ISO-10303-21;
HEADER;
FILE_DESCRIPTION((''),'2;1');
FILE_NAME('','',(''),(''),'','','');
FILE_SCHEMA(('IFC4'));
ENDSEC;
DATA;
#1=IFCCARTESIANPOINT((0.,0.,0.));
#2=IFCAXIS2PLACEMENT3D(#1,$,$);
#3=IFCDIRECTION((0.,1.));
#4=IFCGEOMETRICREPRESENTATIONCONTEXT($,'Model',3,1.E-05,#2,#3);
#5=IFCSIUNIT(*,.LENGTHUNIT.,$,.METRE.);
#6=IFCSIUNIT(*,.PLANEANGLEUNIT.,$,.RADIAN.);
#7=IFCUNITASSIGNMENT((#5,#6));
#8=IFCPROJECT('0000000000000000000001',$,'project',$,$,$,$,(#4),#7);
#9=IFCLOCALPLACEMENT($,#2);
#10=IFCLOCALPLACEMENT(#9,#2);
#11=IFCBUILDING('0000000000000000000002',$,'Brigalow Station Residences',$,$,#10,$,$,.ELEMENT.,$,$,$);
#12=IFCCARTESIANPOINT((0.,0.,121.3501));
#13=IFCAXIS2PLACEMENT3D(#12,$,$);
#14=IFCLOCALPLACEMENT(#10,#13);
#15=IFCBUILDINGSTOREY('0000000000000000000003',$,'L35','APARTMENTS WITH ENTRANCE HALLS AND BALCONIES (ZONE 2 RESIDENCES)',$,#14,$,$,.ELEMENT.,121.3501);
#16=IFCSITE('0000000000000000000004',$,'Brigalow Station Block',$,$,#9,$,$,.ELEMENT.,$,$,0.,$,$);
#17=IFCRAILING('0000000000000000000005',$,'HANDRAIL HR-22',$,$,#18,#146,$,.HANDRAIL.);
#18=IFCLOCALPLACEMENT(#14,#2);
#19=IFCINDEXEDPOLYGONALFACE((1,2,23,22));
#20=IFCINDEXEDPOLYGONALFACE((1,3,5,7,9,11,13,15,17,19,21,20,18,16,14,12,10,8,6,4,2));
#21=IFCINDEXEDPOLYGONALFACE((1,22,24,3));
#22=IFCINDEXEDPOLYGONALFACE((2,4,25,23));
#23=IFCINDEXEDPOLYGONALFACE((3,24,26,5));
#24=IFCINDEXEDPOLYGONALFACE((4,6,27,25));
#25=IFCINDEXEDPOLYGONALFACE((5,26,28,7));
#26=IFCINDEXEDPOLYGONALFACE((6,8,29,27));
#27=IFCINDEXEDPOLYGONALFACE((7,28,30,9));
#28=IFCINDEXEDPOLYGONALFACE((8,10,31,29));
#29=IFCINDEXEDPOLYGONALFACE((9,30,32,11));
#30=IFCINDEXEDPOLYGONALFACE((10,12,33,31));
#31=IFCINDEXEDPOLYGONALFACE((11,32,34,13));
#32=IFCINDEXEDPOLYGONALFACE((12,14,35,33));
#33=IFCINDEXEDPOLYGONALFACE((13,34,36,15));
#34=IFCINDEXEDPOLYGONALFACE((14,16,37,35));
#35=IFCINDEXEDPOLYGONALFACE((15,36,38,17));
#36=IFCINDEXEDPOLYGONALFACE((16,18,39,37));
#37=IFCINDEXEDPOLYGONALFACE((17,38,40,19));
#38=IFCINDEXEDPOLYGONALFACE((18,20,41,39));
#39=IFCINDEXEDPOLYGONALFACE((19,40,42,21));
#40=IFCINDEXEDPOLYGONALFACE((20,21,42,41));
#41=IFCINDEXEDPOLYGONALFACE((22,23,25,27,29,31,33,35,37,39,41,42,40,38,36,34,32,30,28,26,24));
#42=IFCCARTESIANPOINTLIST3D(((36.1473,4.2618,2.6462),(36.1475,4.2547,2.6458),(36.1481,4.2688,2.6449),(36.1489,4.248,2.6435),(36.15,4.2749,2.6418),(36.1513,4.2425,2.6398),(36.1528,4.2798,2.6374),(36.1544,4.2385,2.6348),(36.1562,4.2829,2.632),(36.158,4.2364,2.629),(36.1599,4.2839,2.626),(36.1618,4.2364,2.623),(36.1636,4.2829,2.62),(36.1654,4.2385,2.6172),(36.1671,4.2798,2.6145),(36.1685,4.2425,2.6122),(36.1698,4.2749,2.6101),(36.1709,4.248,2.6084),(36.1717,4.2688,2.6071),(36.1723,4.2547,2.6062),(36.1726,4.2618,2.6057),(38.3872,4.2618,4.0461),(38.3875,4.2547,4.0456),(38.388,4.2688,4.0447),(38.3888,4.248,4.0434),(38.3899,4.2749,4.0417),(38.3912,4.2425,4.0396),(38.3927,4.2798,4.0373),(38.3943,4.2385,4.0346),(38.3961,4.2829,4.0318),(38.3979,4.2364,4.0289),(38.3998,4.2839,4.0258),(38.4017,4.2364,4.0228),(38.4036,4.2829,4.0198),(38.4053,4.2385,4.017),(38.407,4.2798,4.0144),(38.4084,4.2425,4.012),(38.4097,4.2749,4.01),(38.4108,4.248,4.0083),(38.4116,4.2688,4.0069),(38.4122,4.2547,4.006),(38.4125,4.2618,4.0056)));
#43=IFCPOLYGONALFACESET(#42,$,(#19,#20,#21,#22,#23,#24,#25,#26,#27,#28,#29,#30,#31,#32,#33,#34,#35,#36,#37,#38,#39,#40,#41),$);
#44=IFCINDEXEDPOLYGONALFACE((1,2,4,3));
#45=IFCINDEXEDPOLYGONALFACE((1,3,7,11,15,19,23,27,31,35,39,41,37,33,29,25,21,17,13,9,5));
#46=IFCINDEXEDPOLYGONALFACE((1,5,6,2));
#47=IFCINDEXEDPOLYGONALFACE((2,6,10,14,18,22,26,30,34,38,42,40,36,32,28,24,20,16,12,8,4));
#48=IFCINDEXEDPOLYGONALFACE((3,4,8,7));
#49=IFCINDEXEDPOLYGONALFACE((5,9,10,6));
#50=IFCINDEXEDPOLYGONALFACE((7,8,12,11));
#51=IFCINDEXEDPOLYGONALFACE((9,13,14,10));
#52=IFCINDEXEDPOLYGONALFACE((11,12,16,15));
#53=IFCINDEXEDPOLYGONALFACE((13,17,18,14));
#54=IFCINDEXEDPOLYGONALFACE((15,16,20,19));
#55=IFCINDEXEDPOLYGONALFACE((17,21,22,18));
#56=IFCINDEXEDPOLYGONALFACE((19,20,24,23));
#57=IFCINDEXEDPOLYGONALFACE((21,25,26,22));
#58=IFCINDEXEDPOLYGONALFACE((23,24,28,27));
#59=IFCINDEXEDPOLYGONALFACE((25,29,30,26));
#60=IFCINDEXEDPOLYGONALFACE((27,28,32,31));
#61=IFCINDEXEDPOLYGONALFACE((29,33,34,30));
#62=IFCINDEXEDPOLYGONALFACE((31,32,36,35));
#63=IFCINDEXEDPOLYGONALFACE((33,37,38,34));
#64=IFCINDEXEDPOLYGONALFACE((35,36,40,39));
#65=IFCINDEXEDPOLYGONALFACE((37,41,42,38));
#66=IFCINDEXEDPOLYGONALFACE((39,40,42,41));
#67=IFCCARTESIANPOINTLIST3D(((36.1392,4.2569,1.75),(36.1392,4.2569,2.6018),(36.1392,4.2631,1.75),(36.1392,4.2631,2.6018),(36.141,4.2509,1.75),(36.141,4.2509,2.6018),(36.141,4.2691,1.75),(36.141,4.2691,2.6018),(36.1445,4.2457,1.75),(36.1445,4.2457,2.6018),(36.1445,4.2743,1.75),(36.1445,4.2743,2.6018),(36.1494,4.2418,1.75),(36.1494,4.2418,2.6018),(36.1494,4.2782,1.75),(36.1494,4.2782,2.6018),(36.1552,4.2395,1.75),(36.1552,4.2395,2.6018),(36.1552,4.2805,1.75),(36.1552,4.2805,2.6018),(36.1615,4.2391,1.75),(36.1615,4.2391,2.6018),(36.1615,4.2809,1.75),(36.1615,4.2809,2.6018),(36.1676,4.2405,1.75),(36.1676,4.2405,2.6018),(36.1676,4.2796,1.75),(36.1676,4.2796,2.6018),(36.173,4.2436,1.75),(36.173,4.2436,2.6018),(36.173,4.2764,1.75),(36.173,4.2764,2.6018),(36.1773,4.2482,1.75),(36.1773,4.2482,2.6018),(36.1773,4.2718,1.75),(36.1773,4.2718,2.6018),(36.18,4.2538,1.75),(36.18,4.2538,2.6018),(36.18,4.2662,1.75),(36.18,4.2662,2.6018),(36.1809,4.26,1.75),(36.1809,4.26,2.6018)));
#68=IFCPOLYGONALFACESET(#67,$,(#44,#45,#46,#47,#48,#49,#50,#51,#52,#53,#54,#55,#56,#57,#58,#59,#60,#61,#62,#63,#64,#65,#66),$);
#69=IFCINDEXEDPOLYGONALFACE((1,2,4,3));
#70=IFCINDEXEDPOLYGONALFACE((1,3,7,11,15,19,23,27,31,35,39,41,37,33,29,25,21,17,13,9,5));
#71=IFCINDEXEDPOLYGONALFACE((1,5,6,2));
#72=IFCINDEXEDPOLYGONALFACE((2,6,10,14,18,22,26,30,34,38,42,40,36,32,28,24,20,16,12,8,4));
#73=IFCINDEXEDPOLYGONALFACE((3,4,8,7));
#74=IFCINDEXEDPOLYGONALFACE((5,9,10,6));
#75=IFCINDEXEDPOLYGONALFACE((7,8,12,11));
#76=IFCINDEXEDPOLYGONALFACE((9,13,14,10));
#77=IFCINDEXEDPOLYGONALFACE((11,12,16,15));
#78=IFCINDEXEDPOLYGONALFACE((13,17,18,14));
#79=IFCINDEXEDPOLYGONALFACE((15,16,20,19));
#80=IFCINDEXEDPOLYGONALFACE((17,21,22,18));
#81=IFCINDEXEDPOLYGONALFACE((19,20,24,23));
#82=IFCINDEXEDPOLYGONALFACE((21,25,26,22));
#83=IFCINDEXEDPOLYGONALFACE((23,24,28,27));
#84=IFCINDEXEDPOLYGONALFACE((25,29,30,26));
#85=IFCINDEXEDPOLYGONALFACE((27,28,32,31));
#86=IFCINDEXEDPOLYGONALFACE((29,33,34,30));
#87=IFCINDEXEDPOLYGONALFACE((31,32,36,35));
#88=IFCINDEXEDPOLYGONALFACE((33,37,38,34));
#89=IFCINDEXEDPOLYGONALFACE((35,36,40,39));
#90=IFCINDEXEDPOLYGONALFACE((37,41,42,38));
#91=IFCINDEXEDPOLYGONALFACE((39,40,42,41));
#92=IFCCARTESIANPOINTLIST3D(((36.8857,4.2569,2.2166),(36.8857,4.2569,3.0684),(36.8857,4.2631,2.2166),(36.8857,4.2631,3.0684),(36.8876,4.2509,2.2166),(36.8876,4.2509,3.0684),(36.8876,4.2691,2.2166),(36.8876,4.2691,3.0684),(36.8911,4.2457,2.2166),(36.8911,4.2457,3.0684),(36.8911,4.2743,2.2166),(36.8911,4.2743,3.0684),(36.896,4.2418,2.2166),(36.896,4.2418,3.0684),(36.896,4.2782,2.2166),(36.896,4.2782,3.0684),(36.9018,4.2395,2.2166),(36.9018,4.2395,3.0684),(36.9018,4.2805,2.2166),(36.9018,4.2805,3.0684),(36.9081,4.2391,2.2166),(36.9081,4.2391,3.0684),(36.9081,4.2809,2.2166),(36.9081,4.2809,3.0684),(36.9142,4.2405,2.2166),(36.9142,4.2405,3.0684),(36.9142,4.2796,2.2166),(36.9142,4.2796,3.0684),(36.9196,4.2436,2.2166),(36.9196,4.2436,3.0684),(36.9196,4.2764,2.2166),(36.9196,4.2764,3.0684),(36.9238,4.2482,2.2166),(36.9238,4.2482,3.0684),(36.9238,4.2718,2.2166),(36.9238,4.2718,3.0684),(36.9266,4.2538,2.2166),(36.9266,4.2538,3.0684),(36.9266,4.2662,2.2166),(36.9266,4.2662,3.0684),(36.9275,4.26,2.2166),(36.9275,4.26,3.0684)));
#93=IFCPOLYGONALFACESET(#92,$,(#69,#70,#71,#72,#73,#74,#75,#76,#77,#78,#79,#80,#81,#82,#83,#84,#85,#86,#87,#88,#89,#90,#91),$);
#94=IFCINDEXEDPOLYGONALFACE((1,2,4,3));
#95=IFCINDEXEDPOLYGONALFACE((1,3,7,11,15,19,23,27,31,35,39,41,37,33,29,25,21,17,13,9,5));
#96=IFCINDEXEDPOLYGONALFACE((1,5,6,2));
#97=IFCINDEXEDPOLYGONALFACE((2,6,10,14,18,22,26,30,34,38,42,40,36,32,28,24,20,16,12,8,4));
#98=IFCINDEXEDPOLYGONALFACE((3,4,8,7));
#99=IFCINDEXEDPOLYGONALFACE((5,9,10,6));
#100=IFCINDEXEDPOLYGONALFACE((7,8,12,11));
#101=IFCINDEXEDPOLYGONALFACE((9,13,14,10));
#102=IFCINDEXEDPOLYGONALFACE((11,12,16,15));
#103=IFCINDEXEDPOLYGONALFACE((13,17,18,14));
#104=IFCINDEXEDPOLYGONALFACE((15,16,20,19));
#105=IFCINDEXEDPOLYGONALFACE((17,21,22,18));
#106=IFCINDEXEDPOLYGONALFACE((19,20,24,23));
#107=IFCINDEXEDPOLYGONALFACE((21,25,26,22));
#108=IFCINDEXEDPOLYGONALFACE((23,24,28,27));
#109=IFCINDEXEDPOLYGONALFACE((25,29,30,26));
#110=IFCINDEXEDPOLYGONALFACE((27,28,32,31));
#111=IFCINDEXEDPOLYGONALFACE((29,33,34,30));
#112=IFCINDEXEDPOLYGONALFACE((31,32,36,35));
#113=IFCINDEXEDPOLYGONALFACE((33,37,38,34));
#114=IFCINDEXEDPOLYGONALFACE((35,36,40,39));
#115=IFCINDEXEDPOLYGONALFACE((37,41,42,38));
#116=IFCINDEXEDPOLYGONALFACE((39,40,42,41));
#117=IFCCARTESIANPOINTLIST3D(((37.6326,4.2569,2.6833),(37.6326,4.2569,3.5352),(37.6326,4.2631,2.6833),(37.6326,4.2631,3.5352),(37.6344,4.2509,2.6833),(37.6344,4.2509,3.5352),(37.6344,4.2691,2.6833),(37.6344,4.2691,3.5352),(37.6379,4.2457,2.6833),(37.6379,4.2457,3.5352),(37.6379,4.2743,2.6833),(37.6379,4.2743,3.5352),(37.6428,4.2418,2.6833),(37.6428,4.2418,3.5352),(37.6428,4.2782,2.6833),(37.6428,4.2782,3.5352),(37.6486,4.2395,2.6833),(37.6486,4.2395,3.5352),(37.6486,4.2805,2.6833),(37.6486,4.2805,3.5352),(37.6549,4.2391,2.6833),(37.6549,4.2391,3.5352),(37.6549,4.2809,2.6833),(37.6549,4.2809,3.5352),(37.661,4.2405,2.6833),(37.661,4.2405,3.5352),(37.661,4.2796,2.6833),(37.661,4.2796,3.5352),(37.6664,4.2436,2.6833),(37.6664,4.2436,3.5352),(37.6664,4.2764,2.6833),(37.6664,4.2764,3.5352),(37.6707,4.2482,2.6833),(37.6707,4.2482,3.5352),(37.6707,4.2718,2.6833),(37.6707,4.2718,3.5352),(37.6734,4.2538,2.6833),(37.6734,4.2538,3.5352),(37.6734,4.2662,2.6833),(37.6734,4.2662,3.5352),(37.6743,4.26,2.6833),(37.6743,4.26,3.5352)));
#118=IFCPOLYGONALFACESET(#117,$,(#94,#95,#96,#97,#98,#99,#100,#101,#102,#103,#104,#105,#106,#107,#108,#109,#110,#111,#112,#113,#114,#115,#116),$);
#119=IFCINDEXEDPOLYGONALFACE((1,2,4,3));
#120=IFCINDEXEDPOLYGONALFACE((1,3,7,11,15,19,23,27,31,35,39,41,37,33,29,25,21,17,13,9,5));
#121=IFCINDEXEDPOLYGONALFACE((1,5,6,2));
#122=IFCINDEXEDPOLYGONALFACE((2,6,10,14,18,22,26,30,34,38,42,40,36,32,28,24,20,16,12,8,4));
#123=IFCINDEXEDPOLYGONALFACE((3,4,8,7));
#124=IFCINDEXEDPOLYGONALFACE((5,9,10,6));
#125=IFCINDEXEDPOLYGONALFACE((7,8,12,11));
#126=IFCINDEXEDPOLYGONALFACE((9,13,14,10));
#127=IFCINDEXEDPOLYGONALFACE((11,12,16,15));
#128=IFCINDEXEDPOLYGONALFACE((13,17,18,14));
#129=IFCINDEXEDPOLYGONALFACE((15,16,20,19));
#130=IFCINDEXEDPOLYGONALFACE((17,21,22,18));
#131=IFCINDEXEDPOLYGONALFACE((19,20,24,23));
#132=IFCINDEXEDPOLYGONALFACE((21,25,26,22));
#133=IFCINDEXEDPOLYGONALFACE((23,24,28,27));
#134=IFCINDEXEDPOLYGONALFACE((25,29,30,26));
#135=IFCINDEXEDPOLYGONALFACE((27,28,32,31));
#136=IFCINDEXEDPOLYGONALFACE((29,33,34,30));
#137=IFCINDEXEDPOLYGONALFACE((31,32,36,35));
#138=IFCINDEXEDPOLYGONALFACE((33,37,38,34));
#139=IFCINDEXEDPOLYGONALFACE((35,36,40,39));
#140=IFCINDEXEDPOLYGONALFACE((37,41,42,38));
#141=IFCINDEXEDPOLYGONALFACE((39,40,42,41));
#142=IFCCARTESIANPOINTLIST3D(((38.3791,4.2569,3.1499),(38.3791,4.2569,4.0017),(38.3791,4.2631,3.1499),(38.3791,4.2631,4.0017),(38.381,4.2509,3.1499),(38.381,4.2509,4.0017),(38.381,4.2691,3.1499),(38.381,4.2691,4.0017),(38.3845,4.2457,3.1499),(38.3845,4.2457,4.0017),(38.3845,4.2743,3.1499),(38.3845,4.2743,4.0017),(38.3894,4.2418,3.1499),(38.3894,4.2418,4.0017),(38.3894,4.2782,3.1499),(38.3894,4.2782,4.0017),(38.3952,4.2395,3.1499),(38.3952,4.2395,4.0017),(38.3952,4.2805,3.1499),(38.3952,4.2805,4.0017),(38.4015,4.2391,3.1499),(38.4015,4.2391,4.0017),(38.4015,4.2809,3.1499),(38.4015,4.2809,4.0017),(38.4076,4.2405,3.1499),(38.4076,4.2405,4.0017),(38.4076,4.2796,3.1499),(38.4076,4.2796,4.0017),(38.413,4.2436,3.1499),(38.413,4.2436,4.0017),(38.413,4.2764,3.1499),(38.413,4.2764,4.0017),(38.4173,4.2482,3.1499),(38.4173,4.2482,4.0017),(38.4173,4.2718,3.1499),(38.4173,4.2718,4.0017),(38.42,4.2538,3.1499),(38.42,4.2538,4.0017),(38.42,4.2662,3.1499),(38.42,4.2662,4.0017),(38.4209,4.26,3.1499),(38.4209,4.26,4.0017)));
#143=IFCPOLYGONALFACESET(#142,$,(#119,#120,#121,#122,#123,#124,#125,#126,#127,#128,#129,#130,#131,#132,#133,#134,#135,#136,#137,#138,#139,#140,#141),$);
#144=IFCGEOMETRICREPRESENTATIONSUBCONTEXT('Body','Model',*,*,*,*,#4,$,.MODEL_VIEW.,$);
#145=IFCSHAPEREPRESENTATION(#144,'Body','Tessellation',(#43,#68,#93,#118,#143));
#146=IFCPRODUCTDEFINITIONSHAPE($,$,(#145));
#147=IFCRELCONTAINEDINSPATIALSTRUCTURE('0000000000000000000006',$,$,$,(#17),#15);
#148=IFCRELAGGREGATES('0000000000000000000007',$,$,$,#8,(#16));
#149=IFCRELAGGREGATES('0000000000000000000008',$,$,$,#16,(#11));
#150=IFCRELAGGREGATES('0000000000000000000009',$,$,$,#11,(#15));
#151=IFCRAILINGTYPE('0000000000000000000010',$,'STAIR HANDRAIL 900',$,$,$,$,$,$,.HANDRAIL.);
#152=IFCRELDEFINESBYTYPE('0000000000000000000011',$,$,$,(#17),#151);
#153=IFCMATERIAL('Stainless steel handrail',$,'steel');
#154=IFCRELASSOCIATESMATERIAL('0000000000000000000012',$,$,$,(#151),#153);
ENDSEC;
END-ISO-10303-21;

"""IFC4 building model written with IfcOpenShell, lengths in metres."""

from ifc_helpers import new_model, si_unit, direction, frame, origin, origin_2d, place, context, subcontext, project, spatial, circle, extrude, material, type_object, element, save


model = new_model("IFC4")

# Units and contexts
model_context = context("Model", 3, precision=1e-05, world=origin(), true_north=direction((0.0, 1.0)))
body_context = subcontext(model_context, "Body", "Model", "MODEL_VIEW")
ifc_project = project(units=[si_unit("LENGTHUNIT", "METRE"), si_unit("PLANEANGLEUNIT", "RADIAN")], contexts=[model_context])

# Site, building, storey
site_placement = place(None, origin())
site = spatial("IfcSite", under=ifc_project, at=site_placement, Name="Brigalow Station Block", CompositionType="ELEMENT", RefElevation=0.0)
building_placement = place(site_placement, origin())
building = spatial("IfcBuilding", under=site, at=building_placement, Name="Brigalow Station Residences", CompositionType="ELEMENT")
storey_placement = place(building_placement, frame((0.0, 0.0, 121.3501)))
storey = spatial("IfcBuildingStorey", under=building, at=storey_placement, Name="L35", Description="APARTMENTS WITH ENTRANCE HALLS AND BALCONIES (ZONE 2 RESIDENCES)", CompositionType="ELEMENT", Elevation=121.3501)

# Railing
ifc_material_1 = material(Name="Stainless steel handrail", Category="steel")
railing_type = type_object("IfcRailingType", Name="STAIR HANDRAIL 900", PredefinedType="HANDRAIL", material=ifc_material_1)
railing_placement = place(storey_placement, frame((36.1599, 4.26, 1.75)))
element("IfcRailing", 1, at=railing_placement, inside=storey, type_object=railing_type, Name="HANDRAIL HR-22", PredefinedType="HANDRAIL", context=body_context, shape_type="SweptSolid", body=[
    extrude(circle(Radius=0.0239, at=origin_2d()), frame((0.0, 0.0, 0.876), z_axis=(0.848014, 0.0, 0.529974), x_axis=(0.0, 1.0, 0.0)), (0.0, 0.0, 1.0), 2.6414),
    extrude(circle(Radius=0.021, at=origin_2d()), origin(), (0.0, 0.0, 1.0), 0.8518),
    extrude(circle(Radius=0.021, at=origin_2d()), frame((0.7466, 0.0, 0.4666)), (0.0, 0.0, 1.0), 0.8518),
    extrude(circle(Radius=0.021, at=origin_2d()), frame((1.4934, 0.0, 0.9333)), (0.0, 0.0, 1.0), 0.8518),
    extrude(circle(Radius=0.021, at=origin_2d()), frame((2.24, 0.0, 1.3999)), (0.0, 0.0, 1.0), 0.8518),
])

save(model, "model.ifc")
